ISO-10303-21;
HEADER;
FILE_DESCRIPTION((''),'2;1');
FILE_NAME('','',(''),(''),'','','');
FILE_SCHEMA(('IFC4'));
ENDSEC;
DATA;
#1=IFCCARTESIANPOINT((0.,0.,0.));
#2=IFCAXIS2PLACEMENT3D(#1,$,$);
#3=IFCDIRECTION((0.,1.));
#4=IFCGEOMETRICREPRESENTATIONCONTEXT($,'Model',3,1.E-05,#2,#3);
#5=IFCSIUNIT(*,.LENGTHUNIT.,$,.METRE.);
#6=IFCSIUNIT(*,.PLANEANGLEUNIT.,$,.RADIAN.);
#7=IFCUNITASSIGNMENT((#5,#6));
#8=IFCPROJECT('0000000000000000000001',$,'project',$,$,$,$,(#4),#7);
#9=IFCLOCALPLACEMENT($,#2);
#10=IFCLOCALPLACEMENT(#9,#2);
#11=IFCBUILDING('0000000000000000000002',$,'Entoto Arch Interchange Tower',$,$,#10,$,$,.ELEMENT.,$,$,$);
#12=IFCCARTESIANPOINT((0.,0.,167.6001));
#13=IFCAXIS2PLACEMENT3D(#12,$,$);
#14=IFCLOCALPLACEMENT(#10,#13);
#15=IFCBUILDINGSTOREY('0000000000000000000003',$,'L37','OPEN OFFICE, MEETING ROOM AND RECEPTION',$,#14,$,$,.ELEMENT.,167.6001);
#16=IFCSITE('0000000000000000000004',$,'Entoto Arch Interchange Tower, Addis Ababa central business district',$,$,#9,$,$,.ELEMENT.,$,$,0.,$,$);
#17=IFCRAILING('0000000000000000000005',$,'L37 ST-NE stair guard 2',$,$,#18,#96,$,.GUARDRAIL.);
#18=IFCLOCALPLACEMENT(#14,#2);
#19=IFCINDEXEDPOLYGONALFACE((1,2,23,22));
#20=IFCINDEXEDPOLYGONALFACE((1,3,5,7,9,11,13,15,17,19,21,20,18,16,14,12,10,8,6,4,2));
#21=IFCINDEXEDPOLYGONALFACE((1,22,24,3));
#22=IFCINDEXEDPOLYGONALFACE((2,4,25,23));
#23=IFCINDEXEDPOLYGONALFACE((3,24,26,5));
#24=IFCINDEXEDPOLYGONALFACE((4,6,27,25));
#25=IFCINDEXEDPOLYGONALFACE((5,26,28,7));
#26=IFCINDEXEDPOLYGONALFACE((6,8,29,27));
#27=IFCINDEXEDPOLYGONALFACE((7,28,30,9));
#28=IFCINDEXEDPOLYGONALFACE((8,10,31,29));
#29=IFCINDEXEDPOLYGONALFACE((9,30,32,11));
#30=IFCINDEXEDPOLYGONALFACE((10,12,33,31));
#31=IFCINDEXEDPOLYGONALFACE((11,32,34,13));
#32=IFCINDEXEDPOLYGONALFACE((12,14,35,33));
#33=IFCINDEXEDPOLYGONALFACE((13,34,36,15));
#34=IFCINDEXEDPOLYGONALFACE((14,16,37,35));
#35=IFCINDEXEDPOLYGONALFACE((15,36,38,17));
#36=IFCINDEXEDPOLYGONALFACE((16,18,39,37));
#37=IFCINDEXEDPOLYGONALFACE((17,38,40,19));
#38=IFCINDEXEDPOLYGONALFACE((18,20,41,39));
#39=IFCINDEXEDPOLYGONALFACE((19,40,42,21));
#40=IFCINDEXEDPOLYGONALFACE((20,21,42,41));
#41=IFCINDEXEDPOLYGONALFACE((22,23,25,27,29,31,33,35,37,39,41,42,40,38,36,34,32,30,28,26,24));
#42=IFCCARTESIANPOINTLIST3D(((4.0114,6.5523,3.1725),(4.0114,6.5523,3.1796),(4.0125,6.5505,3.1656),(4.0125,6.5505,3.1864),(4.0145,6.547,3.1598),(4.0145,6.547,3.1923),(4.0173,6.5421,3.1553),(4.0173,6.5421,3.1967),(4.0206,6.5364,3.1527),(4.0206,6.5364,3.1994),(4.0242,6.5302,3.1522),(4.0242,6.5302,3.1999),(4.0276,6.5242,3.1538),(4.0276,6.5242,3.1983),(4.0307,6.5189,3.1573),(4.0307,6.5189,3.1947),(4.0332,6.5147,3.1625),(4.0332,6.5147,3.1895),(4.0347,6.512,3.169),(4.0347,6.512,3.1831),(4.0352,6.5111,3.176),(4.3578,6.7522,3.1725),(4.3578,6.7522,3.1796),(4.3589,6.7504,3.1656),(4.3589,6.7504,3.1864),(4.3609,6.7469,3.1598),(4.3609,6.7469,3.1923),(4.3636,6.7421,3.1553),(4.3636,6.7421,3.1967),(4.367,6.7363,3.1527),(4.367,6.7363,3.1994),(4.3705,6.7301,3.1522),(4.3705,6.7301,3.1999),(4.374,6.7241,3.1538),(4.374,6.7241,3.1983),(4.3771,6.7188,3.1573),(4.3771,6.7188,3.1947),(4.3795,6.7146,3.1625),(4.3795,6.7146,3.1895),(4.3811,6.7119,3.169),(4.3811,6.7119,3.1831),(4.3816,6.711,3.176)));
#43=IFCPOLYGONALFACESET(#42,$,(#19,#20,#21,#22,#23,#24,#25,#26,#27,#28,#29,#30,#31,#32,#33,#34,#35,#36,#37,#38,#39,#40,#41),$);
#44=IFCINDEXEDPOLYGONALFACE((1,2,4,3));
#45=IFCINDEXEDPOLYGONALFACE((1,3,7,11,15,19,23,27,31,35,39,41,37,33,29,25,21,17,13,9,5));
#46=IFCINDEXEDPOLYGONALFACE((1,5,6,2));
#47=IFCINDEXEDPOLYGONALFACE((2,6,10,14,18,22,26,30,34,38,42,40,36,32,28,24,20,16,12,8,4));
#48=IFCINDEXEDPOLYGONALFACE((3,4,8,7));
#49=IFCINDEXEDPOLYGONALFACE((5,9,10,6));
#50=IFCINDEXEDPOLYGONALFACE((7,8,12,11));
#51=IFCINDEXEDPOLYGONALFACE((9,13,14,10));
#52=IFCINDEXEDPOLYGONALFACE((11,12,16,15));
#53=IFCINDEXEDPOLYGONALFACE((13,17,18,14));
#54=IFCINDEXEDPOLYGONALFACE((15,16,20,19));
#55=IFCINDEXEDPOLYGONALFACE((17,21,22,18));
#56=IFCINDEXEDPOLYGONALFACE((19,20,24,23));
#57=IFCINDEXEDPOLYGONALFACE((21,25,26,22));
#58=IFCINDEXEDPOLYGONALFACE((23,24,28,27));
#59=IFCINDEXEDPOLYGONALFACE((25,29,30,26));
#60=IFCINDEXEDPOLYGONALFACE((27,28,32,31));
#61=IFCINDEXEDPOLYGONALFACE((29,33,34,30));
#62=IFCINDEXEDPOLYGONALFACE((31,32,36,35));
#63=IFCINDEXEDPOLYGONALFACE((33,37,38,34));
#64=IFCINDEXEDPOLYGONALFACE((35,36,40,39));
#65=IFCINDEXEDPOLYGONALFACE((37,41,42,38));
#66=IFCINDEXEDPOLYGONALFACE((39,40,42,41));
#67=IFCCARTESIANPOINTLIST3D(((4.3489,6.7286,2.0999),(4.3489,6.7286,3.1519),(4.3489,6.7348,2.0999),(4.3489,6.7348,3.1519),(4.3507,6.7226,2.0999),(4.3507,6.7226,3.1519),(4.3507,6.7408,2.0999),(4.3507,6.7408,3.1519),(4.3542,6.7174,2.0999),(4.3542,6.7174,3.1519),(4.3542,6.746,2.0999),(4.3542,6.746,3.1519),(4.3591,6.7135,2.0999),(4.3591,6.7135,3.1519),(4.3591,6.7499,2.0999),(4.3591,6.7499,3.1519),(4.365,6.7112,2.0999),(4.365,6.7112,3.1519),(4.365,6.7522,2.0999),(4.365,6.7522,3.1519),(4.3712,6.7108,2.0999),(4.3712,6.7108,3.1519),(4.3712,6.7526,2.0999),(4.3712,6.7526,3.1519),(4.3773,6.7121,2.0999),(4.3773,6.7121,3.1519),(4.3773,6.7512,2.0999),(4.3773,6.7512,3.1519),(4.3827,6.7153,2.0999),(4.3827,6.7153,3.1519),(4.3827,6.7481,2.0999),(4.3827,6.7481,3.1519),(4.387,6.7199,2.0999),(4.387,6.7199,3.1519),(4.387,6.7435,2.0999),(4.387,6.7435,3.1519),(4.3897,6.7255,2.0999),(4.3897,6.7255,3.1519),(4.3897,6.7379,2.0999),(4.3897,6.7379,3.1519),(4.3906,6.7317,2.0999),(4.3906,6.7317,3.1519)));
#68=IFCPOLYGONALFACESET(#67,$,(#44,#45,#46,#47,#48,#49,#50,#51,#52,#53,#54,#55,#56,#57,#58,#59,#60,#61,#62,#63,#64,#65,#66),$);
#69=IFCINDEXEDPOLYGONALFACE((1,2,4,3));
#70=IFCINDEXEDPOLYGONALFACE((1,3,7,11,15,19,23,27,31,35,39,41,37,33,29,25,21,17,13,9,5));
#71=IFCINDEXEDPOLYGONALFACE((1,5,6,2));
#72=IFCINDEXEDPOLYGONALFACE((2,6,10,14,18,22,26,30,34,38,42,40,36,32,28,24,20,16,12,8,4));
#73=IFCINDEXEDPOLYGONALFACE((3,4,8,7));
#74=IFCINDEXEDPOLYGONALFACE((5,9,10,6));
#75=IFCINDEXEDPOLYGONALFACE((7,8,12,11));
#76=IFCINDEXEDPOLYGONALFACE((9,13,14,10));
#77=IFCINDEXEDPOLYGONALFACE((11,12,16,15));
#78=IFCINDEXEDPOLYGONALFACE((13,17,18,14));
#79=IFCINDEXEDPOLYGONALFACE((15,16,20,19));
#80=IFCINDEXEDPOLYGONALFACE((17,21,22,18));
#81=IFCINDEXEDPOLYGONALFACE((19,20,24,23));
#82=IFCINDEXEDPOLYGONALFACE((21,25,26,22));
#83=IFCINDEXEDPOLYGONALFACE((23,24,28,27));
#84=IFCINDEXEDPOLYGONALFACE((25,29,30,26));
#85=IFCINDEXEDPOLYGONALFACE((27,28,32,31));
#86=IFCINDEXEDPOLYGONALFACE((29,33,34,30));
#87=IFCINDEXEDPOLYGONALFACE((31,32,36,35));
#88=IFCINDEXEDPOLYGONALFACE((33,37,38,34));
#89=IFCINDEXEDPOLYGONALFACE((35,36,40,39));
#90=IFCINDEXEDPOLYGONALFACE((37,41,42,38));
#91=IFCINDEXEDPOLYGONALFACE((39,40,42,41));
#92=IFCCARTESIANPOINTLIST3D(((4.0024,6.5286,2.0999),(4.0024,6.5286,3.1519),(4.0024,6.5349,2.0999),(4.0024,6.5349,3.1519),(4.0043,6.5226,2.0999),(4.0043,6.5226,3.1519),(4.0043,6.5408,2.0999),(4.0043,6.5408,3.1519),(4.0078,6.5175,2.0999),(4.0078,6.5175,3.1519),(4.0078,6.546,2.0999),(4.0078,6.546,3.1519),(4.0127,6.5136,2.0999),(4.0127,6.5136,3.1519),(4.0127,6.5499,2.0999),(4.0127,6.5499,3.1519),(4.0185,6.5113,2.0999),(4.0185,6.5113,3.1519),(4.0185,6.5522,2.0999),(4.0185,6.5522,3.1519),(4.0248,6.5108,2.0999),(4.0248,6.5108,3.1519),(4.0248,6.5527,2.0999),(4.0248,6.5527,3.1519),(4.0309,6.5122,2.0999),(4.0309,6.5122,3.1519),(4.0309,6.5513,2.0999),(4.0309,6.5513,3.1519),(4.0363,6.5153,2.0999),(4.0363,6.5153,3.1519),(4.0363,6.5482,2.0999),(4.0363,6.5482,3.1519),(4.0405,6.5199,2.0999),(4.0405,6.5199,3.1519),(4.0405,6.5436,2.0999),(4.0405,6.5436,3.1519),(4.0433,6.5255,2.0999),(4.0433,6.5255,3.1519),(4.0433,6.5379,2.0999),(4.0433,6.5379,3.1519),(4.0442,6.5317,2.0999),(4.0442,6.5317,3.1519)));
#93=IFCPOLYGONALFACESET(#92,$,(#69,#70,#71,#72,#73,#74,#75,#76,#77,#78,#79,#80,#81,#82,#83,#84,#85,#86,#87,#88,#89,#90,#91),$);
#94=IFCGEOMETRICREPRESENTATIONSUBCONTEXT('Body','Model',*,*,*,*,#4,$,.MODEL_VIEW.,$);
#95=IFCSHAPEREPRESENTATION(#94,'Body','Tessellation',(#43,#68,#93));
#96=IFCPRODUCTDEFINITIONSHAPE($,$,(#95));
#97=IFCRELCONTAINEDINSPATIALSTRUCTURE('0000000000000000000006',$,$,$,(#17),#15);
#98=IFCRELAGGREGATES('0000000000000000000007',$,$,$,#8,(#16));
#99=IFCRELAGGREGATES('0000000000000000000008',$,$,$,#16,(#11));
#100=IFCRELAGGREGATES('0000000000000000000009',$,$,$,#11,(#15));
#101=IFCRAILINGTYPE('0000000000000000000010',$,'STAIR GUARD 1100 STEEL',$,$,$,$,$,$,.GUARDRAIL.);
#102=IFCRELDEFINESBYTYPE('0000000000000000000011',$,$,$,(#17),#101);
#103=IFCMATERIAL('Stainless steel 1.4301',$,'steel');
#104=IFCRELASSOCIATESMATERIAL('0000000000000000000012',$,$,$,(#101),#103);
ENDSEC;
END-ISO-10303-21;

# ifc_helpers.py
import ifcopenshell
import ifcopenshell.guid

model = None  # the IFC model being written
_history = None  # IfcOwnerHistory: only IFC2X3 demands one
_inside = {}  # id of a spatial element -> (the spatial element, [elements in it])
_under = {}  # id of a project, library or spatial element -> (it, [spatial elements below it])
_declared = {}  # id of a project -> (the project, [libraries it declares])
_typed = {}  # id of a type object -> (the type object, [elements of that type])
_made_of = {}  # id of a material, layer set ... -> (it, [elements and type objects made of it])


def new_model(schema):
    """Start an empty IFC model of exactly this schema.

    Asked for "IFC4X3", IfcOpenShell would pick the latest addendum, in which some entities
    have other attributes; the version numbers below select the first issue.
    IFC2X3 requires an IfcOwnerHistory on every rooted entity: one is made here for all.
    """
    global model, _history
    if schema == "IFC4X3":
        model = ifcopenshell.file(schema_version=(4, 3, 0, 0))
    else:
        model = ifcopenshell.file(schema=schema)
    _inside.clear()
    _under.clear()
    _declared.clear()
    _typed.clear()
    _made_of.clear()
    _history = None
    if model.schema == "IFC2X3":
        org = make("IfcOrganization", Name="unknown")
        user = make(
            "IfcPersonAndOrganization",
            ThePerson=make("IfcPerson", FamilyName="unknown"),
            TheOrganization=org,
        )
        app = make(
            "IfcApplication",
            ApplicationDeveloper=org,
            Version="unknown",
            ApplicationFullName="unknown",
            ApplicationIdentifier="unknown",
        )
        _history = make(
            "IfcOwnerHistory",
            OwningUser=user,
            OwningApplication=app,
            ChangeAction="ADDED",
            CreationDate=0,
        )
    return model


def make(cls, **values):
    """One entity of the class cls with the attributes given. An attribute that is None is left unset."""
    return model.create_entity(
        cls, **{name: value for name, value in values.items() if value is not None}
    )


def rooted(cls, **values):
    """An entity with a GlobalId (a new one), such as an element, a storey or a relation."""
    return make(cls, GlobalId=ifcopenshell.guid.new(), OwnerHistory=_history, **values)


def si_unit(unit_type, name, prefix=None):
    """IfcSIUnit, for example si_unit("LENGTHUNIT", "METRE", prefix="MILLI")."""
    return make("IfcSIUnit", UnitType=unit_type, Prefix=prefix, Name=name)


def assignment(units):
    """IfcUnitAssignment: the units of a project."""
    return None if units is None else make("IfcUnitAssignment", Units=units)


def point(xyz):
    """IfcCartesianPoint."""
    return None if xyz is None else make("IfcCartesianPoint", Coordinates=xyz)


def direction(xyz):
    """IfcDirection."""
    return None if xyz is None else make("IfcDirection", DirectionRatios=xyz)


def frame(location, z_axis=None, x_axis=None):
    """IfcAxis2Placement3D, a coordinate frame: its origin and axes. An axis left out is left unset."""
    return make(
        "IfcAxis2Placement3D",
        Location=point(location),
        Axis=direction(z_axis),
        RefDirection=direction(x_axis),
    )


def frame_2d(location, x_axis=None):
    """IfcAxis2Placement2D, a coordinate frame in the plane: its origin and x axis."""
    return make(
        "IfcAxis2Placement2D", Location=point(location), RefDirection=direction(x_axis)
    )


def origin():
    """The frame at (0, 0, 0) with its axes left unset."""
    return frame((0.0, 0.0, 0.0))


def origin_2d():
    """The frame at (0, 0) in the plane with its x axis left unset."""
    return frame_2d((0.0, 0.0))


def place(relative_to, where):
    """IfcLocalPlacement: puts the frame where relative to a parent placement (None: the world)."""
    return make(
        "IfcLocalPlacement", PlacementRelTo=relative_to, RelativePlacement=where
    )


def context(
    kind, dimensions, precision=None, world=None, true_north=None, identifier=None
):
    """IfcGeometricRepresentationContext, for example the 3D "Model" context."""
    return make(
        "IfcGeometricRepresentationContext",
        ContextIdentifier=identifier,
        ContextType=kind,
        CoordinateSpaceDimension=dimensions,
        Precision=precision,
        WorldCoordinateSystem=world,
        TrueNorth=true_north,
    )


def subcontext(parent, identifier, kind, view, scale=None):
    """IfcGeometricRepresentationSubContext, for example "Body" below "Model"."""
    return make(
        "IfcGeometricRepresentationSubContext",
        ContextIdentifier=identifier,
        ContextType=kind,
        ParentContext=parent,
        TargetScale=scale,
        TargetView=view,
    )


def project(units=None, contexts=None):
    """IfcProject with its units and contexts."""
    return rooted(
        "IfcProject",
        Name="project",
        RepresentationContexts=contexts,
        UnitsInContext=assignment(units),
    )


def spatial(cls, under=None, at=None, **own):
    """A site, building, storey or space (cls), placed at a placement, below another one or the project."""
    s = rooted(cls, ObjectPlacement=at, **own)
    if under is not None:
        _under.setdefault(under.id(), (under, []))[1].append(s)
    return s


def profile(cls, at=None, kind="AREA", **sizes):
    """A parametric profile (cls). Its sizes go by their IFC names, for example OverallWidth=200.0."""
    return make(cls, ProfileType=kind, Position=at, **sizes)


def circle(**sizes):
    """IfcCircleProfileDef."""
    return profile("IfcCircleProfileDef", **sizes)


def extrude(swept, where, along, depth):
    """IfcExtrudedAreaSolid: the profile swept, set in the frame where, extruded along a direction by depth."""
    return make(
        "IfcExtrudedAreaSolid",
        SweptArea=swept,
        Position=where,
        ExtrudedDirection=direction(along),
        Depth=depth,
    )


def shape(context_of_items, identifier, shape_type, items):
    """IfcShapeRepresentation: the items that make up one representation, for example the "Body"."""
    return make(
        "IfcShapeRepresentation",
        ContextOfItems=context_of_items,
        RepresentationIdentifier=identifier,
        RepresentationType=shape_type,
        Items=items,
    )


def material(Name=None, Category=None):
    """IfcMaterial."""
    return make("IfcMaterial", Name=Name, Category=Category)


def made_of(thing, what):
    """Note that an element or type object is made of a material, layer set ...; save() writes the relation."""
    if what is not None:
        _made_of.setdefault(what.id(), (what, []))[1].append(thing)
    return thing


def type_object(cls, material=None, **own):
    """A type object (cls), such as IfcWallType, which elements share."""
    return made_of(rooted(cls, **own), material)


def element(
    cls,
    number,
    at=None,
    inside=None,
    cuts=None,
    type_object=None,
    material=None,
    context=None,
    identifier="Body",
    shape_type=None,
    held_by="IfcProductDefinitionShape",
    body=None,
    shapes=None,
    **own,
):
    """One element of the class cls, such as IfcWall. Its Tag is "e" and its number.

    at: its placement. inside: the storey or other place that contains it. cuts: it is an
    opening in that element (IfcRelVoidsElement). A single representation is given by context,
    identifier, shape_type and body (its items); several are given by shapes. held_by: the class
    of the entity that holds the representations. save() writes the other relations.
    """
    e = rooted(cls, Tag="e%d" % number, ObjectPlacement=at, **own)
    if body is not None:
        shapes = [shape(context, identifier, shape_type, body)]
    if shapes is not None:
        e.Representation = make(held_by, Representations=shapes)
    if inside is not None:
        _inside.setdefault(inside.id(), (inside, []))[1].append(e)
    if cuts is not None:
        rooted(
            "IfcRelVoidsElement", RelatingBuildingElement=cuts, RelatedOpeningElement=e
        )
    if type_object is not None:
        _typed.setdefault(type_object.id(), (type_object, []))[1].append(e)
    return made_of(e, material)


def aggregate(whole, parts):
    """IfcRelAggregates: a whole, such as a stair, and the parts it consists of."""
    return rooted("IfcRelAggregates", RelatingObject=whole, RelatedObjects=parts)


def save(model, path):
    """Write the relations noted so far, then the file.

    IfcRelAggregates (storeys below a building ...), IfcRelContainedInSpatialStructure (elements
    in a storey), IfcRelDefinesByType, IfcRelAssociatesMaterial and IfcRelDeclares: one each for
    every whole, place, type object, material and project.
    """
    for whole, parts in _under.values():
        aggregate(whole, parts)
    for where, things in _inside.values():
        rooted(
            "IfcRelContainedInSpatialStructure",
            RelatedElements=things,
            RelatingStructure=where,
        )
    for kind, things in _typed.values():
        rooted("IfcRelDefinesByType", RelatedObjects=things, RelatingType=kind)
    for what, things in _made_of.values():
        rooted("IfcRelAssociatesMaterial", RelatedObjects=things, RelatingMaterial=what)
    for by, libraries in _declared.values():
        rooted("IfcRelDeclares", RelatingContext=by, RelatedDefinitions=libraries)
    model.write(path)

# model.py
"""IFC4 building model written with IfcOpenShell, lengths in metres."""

from ifc_helpers import new_model, si_unit, direction, frame, origin, origin_2d, place, context, subcontext, project, spatial, circle, extrude, material, type_object, element, save


model = new_model("IFC4")

# Units and contexts
model_context = context("Model", 3, precision=1e-05, world=origin(), true_north=direction((0.0, 1.0)))
body_context = subcontext(model_context, "Body", "Model", "MODEL_VIEW")
ifc_project = project(units=[si_unit("LENGTHUNIT", "METRE"), si_unit("PLANEANGLEUNIT", "RADIAN")], contexts=[model_context])

# Site, building, storey
site_placement = place(None, origin())
site = spatial("IfcSite", under=ifc_project, at=site_placement, Name="Entoto Arch Interchange Tower, Addis Ababa central business district", CompositionType="ELEMENT", RefElevation=0.0)
building_placement = place(site_placement, origin())
building = spatial("IfcBuilding", under=site, at=building_placement, Name="Entoto Arch Interchange Tower", CompositionType="ELEMENT")
storey_placement = place(building_placement, frame((0.0, 0.0, 167.6001)))
storey = spatial("IfcBuildingStorey", under=building, at=storey_placement, Name="L37", Description="OPEN OFFICE, MEETING ROOM AND RECEPTION", CompositionType="ELEMENT", Elevation=167.6001)

# Railing
ifc_material_1 = material(Name="Stainless steel 1.4301", Category="steel")
railing_type = type_object("IfcRailingType", Name="STAIR GUARD 1100 STEEL", PredefinedType="GUARDRAIL", material=ifc_material_1)
railing_1_placement = place(storey_placement, frame((4.3696, 6.7317, 2.0999)))
element("IfcRailing", 1, at=railing_1_placement, inside=storey, type_object=railing_type, Name="L37 ST-NE stair guard 2", PredefinedType="GUARDRAIL", context=body_context, shape_type="SweptSolid", body=[
    extrude(circle(Radius=0.0239, at=origin_2d()), frame((0.0, 0.0, 1.0762), z_axis=(-0.866094, -0.499881, 0.0), x_axis=(0.499881, -0.866094, 0.0)), (0.0, 0.0, 1.0), 0.3999),
    extrude(circle(Radius=0.021, at=origin_2d()), origin(), (0.0, 0.0, 1.0), 1.052),
    extrude(circle(Radius=0.021, at=origin_2d()), frame((-0.3464, -0.2, 0.0)), (0.0, 0.0, 1.0), 1.052),
])

save(model, "model.ifc")
